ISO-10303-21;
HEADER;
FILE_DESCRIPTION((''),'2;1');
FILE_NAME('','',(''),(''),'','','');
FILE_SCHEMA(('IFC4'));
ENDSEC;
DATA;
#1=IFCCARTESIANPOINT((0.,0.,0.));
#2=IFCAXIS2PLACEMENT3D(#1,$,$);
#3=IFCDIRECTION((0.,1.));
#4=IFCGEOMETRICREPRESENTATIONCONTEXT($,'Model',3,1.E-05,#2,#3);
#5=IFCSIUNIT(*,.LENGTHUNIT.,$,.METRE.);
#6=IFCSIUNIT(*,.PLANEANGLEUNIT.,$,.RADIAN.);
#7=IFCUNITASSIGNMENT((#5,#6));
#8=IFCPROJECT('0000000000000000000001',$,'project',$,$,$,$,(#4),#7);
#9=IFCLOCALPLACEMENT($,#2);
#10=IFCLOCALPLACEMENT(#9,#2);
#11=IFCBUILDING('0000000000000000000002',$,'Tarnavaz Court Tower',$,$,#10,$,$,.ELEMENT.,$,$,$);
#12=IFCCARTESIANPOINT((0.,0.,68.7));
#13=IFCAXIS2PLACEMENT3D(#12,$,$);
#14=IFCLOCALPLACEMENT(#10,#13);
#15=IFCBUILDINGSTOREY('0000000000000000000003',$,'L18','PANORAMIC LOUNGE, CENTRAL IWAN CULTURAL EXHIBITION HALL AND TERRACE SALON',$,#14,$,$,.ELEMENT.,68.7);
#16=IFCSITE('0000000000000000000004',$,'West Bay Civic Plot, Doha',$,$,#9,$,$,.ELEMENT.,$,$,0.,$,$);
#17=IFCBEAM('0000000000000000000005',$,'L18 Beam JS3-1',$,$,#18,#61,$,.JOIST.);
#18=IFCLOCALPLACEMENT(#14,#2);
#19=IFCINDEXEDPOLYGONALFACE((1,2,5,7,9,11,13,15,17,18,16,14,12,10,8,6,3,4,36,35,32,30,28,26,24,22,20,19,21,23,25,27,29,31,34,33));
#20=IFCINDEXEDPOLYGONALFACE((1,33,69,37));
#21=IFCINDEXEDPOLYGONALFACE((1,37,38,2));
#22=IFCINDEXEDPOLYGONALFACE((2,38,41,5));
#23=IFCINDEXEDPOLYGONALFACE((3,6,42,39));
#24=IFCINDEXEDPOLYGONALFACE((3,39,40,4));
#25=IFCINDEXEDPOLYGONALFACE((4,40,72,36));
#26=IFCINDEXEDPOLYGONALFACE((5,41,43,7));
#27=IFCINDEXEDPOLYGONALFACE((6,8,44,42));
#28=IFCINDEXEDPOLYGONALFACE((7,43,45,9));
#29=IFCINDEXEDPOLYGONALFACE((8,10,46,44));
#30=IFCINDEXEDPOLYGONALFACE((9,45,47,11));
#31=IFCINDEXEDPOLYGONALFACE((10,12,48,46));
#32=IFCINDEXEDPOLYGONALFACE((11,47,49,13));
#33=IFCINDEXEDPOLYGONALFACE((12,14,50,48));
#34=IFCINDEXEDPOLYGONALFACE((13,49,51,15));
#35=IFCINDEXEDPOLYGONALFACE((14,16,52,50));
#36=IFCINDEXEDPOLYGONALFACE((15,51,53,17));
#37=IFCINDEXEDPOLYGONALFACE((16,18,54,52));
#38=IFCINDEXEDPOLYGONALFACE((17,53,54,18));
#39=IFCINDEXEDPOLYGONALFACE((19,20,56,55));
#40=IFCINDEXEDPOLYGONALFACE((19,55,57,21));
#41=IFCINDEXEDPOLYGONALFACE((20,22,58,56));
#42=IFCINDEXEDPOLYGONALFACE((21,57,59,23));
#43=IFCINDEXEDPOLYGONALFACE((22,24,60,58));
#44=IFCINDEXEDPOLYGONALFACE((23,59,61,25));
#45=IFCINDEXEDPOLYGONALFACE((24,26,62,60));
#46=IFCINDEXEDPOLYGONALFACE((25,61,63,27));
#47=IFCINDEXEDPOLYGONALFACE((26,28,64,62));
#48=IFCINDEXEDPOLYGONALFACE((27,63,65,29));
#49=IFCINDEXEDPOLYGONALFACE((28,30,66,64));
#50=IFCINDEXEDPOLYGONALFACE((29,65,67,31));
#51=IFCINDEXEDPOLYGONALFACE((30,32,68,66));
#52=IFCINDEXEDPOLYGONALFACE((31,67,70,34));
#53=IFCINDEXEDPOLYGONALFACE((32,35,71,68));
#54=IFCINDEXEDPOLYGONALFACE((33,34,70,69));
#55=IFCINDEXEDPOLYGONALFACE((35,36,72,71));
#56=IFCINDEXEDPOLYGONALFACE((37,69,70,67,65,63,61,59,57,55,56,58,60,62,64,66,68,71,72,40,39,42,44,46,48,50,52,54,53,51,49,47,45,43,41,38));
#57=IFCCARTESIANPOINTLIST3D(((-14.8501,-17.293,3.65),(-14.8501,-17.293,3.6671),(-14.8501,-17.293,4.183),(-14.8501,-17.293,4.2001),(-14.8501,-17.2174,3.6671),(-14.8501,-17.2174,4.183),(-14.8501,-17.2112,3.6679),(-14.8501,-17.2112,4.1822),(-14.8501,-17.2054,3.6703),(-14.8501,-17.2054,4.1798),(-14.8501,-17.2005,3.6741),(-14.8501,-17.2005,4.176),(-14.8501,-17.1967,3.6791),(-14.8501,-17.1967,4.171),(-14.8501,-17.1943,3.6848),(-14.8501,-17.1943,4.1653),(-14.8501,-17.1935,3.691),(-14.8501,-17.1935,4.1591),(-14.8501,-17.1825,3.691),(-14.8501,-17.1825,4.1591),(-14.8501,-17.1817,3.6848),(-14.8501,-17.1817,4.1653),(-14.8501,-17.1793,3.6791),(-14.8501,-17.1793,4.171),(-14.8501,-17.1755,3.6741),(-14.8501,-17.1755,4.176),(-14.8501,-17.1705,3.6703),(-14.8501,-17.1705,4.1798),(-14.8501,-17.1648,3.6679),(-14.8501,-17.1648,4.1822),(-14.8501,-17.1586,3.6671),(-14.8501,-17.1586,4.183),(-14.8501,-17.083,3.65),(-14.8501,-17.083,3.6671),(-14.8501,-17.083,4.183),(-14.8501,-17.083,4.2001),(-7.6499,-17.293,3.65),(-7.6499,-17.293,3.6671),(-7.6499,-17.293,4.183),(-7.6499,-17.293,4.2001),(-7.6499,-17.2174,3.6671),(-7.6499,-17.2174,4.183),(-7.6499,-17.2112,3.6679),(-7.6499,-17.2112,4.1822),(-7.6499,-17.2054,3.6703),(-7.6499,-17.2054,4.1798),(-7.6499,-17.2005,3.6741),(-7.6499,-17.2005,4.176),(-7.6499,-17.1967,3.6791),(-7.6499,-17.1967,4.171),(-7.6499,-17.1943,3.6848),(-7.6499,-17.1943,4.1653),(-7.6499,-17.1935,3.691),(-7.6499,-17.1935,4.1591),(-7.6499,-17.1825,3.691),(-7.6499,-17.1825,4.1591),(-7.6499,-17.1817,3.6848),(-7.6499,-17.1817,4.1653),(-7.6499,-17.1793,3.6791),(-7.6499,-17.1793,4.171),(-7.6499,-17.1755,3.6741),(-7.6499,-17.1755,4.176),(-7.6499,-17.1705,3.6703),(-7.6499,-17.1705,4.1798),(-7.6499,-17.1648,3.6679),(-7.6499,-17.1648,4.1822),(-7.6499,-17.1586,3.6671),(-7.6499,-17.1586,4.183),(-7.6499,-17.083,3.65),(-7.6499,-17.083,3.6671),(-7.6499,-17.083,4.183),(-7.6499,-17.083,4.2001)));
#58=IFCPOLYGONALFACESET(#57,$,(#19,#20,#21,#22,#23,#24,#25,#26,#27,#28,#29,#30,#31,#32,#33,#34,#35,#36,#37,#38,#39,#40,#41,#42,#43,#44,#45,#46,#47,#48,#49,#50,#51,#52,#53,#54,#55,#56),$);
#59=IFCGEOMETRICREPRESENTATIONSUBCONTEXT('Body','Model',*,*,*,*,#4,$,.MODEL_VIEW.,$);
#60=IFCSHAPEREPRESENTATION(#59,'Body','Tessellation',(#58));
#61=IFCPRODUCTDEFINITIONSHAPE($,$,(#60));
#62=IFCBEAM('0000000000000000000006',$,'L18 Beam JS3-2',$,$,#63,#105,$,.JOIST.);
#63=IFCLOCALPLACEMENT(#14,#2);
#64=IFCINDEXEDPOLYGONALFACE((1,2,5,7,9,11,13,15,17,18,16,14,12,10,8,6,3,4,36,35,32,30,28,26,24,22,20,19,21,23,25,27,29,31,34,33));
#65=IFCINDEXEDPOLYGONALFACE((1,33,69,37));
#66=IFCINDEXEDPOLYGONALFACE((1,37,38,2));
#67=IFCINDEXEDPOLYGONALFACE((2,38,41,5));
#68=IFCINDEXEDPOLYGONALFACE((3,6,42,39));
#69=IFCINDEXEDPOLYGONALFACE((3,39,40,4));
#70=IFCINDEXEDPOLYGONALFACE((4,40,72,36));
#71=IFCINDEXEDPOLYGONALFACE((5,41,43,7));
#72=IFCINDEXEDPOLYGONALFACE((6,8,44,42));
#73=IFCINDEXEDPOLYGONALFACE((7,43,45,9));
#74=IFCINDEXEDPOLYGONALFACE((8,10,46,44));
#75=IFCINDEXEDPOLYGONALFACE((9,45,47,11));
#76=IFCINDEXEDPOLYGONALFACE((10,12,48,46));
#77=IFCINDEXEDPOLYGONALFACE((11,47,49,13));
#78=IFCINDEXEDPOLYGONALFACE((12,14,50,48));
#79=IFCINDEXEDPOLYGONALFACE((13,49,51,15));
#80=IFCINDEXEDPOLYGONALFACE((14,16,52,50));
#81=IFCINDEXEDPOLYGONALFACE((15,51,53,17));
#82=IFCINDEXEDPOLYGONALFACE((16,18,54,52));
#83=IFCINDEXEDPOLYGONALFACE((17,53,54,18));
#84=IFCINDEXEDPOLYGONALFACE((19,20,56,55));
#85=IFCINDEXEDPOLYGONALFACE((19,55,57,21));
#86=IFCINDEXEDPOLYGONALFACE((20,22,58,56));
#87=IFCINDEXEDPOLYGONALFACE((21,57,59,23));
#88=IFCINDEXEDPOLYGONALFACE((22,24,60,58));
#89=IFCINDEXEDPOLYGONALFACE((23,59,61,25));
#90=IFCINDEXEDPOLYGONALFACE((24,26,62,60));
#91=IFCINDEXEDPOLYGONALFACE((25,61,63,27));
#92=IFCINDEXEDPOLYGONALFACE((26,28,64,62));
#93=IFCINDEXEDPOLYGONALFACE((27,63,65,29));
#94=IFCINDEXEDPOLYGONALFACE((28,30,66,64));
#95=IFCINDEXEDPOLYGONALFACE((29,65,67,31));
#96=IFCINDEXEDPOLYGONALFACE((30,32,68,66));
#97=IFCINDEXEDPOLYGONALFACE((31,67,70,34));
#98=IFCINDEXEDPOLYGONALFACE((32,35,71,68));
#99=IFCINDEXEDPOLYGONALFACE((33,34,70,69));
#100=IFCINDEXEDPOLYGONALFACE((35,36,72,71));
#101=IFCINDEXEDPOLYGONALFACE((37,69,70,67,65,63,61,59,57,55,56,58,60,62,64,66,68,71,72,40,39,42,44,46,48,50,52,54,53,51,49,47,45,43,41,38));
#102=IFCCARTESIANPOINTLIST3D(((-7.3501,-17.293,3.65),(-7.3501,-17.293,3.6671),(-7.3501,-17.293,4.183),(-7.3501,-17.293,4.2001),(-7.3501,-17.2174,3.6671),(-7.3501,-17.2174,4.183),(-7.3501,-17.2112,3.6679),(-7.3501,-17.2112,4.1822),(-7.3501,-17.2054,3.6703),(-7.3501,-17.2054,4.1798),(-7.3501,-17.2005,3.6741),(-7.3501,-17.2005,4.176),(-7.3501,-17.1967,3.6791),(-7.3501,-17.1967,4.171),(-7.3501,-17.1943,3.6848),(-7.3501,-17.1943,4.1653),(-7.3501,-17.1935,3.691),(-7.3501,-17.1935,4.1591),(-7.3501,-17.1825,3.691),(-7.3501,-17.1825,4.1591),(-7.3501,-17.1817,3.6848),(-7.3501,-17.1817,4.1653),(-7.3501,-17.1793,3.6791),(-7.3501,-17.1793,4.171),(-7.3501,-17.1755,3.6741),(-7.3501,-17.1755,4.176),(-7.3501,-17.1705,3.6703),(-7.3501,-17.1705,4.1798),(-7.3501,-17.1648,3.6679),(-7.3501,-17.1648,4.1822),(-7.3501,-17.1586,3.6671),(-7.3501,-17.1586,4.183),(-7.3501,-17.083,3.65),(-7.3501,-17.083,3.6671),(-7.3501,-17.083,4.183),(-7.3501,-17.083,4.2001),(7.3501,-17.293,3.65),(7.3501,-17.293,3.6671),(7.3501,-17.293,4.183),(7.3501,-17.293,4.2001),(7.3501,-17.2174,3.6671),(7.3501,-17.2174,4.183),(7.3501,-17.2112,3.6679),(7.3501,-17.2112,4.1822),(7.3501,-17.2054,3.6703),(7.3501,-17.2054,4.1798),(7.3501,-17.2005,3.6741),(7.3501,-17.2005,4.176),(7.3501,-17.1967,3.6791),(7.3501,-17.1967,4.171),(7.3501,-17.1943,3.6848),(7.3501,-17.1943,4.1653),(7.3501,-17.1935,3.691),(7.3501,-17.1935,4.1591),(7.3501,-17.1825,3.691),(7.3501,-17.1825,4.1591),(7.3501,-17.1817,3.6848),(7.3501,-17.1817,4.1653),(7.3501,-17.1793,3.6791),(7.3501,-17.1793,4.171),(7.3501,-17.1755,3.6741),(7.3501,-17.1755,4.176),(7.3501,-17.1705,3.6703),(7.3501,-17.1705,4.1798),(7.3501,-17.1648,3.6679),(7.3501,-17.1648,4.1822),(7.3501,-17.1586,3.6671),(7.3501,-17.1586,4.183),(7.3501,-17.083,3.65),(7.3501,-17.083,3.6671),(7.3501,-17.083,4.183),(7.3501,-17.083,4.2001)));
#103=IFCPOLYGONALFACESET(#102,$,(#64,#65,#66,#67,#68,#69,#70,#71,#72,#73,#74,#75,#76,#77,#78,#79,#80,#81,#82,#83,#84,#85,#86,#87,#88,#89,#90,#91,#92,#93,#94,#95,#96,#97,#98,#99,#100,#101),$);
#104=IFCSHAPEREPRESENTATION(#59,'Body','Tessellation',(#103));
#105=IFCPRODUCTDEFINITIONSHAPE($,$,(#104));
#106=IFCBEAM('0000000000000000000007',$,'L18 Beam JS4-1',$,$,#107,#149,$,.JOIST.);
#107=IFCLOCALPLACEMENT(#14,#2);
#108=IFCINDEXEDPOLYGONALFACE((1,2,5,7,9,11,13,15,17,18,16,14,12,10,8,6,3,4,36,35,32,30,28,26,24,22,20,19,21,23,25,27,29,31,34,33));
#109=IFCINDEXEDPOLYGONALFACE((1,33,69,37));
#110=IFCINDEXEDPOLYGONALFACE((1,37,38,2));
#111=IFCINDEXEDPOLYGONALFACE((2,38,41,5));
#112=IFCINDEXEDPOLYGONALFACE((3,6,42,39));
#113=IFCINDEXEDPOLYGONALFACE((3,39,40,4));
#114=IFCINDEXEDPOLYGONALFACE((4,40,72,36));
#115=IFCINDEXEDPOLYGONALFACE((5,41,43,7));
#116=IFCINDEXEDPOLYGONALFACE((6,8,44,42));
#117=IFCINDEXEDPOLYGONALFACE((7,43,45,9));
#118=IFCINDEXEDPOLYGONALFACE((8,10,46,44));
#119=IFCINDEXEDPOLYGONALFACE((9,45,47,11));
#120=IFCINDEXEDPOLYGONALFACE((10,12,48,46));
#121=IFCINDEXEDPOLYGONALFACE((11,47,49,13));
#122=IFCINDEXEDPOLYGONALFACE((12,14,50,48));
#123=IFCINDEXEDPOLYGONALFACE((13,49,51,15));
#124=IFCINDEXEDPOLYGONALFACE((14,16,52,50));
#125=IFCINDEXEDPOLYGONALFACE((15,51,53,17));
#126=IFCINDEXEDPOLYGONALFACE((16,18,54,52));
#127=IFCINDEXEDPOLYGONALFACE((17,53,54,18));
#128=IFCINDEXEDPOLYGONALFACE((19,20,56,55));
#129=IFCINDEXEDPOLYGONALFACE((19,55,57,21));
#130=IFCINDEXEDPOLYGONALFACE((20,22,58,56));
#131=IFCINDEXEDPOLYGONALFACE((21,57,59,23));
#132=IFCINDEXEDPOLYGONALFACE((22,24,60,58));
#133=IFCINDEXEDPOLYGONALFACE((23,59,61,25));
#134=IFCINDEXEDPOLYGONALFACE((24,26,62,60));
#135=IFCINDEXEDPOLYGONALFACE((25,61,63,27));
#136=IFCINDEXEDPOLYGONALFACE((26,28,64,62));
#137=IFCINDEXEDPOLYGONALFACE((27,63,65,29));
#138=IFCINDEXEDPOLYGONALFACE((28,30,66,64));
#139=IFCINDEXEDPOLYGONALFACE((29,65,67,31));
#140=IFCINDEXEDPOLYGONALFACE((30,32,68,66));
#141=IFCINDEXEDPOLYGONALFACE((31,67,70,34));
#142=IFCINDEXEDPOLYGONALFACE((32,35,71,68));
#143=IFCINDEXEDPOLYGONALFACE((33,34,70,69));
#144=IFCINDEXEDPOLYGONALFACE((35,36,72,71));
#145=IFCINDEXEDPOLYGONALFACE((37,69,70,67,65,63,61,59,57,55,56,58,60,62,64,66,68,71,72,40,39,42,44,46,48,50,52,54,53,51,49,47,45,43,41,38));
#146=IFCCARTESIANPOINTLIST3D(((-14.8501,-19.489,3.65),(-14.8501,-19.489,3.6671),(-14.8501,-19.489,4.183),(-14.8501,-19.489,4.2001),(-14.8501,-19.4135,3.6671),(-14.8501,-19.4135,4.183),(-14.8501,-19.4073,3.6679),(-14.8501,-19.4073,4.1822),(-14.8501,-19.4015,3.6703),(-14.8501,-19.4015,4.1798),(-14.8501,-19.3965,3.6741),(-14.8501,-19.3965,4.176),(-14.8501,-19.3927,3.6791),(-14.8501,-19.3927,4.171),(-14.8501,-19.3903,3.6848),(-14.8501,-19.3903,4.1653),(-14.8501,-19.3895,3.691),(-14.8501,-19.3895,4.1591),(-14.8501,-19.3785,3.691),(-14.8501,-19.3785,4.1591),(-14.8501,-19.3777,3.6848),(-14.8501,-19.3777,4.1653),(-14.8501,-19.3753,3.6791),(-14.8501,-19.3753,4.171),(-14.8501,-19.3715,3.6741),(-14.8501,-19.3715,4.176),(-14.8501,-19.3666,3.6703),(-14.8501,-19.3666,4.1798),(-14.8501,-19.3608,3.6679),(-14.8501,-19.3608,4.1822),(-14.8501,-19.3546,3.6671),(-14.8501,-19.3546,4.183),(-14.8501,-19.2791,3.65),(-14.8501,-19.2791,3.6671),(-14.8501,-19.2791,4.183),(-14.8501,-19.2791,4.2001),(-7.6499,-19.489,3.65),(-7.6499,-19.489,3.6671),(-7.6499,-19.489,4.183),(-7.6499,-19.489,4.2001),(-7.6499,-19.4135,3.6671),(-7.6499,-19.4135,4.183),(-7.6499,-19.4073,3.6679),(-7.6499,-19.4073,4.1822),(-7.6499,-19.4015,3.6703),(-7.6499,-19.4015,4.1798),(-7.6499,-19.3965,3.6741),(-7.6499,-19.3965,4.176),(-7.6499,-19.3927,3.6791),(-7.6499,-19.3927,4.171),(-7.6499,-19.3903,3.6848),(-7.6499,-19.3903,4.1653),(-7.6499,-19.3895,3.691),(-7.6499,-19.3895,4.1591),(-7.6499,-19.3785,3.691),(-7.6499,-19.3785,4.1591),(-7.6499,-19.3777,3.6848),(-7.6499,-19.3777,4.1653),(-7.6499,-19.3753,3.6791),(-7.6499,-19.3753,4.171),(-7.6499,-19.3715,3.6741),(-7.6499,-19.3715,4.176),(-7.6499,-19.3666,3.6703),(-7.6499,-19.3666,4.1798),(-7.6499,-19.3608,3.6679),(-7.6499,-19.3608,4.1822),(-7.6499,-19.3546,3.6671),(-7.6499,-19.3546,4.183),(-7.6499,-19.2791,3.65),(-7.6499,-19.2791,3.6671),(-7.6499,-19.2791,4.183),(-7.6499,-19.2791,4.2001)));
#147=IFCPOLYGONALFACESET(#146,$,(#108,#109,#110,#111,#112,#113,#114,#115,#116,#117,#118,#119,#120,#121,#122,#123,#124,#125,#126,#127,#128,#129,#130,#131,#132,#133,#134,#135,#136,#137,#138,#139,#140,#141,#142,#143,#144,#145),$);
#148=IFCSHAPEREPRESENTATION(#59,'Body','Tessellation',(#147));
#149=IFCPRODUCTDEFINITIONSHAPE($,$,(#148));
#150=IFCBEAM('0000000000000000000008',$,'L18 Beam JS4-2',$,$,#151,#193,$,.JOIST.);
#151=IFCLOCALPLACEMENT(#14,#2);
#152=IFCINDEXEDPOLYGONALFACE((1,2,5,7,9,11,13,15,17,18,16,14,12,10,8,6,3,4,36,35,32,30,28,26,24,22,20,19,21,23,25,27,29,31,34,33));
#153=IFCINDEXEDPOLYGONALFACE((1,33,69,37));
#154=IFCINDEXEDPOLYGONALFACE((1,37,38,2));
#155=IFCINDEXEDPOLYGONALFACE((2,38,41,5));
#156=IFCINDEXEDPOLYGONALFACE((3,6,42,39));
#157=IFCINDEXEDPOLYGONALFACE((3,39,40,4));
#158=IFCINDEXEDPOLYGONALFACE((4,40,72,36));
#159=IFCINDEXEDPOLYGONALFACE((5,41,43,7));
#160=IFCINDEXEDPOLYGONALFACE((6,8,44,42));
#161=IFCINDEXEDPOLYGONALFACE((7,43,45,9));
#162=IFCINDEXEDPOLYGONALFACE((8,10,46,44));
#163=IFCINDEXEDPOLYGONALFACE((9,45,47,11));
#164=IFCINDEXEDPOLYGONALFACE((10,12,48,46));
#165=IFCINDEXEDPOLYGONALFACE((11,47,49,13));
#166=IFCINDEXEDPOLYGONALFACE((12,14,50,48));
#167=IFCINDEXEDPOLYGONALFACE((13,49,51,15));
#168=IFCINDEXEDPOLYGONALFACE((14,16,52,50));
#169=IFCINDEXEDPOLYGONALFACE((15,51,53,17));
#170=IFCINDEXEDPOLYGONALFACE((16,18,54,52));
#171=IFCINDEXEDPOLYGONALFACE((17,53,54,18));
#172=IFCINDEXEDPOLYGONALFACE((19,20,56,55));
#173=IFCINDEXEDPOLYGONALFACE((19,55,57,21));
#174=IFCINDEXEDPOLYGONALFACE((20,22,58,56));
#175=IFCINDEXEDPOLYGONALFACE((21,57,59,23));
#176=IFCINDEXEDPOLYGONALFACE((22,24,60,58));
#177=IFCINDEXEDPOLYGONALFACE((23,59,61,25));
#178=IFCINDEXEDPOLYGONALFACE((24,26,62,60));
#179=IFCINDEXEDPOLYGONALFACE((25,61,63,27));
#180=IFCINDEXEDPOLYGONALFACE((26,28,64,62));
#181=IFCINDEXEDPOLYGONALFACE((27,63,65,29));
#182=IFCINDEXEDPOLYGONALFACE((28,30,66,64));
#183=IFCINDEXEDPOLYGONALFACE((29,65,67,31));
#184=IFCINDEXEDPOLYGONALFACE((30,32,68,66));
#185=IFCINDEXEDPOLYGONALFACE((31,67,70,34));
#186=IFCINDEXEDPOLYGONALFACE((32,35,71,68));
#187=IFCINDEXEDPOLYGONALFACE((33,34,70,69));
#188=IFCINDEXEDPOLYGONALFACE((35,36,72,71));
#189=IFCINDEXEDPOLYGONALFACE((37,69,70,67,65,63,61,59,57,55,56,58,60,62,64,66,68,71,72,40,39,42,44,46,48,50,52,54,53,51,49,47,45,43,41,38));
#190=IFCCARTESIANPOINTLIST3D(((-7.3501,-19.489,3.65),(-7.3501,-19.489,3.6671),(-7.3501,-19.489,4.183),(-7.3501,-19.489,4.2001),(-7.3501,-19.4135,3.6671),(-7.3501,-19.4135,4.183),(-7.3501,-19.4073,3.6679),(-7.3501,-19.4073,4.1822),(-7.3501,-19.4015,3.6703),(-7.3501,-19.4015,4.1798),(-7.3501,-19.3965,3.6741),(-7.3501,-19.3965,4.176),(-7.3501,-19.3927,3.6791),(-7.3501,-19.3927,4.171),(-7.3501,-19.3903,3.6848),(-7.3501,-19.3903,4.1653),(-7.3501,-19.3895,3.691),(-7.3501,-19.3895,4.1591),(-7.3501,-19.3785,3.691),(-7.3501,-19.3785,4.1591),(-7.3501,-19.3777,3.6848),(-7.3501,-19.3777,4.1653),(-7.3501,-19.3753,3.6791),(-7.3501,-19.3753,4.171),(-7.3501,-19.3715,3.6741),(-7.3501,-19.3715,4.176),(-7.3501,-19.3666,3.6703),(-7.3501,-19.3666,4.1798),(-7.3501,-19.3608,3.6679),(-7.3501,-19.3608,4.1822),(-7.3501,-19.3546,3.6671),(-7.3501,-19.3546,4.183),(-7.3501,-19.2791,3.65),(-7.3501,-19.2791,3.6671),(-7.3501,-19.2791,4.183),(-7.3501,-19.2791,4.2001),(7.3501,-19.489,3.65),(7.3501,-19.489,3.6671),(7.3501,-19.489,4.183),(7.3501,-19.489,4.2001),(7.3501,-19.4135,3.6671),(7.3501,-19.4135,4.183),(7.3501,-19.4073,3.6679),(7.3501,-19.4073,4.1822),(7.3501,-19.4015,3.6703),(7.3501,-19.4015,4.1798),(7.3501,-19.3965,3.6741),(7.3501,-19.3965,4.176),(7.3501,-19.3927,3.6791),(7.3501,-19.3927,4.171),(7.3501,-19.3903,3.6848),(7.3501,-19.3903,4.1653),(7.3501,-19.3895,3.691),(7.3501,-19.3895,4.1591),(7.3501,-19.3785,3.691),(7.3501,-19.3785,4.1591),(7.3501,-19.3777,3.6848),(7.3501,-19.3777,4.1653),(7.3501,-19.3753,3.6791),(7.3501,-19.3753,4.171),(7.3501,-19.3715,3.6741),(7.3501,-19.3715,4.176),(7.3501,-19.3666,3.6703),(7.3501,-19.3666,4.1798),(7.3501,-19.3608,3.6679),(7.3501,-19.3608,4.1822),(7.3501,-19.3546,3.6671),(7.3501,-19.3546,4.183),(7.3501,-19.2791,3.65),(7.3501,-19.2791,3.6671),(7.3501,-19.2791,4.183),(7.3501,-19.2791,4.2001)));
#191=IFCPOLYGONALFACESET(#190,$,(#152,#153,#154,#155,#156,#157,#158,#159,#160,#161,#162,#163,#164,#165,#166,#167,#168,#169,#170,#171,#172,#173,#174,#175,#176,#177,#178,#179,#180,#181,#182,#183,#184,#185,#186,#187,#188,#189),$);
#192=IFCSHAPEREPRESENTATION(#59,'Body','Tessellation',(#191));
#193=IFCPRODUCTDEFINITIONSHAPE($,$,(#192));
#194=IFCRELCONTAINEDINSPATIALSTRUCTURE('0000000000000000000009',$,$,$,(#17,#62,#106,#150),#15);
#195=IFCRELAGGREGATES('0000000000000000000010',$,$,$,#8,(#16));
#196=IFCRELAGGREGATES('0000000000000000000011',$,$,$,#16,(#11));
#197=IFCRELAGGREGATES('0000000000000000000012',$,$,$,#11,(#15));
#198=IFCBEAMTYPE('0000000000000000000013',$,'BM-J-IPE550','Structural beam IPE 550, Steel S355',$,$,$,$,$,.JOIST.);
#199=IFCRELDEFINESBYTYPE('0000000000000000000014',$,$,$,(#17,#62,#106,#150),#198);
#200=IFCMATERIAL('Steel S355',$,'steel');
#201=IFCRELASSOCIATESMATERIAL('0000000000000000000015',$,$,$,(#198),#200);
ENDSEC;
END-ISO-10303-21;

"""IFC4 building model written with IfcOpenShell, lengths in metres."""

from ifc_helpers import new_model, si_unit, direction, frame, origin, origin_2d, place, context, subcontext, project, spatial, i_section, extrude, material, material_profile, profile_set, type_object, element, save


model = new_model("IFC4")

# Units and contexts
model_context = context("Model", 3, precision=1e-05, world=origin(), true_north=direction((0.0, 1.0)))
body_context = subcontext(model_context, "Body", "Model", "MODEL_VIEW")
ifc_project = project(units=[si_unit("LENGTHUNIT", "METRE"), si_unit("PLANEANGLEUNIT", "RADIAN")], contexts=[model_context])

# Site, building, storey
site_placement = place(None, origin())
site = spatial("IfcSite", under=ifc_project, at=site_placement, Name="West Bay Civic Plot, Doha", CompositionType="ELEMENT", RefElevation=0.0)
building_placement = place(site_placement, origin())
building = spatial("IfcBuilding", under=site, at=building_placement, Name="Tarnavaz Court Tower", CompositionType="ELEMENT")
storey_placement = place(building_placement, frame((0.0, 0.0, 68.7)))
storey = spatial("IfcBuildingStorey", under=building, at=storey_placement, Name="L18", Description="PANORAMIC LOUNGE, CENTRAL IWAN CULTURAL EXHIBITION HALL AND TERRACE SALON", CompositionType="ELEMENT", Elevation=68.7)

# Beams
ifc_material_1 = material(Name="Steel S355", Category="steel")
ifc_material_profile_1 = material_profile(ifc_material_1, i_section(OverallWidth=0.21, OverallDepth=0.55, WebThickness=0.011, FlangeThickness=0.0171, FilletRadius=0.0239, at=origin_2d()), Name="IPE 550")
ifc_profile_set_1 = profile_set([ifc_material_profile_1], Name="Steel S355")
beam_type_1 = type_object("IfcBeamType", Name="BM-J-IPE550", Description="Structural beam IPE 550, Steel S355", PredefinedType="JOIST", material=ifc_profile_set_1)
beam_1_placement = place(storey_placement, frame((-14.8501, -17.188, 3.925), z_axis=(1.0, 0.0, 0.0), x_axis=(0.0, 1.0, 0.0)))
element("IfcBeam", 1, at=beam_1_placement, inside=storey, type_object=beam_type_1, Name="L18 Beam JS3-1", PredefinedType="JOIST", context=body_context, shape_type="SweptSolid", body=[
    extrude(i_section(OverallWidth=0.21, OverallDepth=0.55, WebThickness=0.011, FlangeThickness=0.0171, FilletRadius=0.0239, at=origin_2d()), origin(), (0.0, 0.0, 1.0), 7.2002),
])
beam_2_placement = place(storey_placement, frame((-7.3501, -17.188, 3.925), z_axis=(1.0, 0.0, 0.0), x_axis=(0.0, 1.0, 0.0)))
element("IfcBeam", 2, at=beam_2_placement, inside=storey, type_object=beam_type_1, Name="L18 Beam JS3-2", PredefinedType="JOIST", context=body_context, shape_type="SweptSolid", body=[
    extrude(i_section(OverallWidth=0.21, OverallDepth=0.55, WebThickness=0.011, FlangeThickness=0.0171, FilletRadius=0.0239, at=origin_2d()), origin(), (0.0, 0.0, 1.0), 14.7002),
])
beam_3_placement = place(storey_placement, frame((-14.8501, -19.384, 3.925), z_axis=(1.0, 0.0, 0.0), x_axis=(0.0, 1.0, 0.0)))
element("IfcBeam", 3, at=beam_3_placement, inside=storey, type_object=beam_type_1, Name="L18 Beam JS4-1", PredefinedType="JOIST", context=body_context, shape_type="SweptSolid", body=[
    extrude(i_section(OverallWidth=0.21, OverallDepth=0.55, WebThickness=0.011, FlangeThickness=0.0171, FilletRadius=0.0239, at=origin_2d()), origin(), (0.0, 0.0, 1.0), 7.2002),
])
beam_4_placement = place(storey_placement, frame((-7.3501, -19.384, 3.925), z_axis=(1.0, 0.0, 0.0), x_axis=(0.0, 1.0, 0.0)))
element("IfcBeam", 4, at=beam_4_placement, inside=storey, type_object=beam_type_1, Name="L18 Beam JS4-2", PredefinedType="JOIST", context=body_context, shape_type="SweptSolid", body=[
    extrude(i_section(OverallWidth=0.21, OverallDepth=0.55, WebThickness=0.011, FlangeThickness=0.0171, FilletRadius=0.0239, at=origin_2d()), origin(), (0.0, 0.0, 1.0), 14.7002),
])

save(model, "model.ifc")
